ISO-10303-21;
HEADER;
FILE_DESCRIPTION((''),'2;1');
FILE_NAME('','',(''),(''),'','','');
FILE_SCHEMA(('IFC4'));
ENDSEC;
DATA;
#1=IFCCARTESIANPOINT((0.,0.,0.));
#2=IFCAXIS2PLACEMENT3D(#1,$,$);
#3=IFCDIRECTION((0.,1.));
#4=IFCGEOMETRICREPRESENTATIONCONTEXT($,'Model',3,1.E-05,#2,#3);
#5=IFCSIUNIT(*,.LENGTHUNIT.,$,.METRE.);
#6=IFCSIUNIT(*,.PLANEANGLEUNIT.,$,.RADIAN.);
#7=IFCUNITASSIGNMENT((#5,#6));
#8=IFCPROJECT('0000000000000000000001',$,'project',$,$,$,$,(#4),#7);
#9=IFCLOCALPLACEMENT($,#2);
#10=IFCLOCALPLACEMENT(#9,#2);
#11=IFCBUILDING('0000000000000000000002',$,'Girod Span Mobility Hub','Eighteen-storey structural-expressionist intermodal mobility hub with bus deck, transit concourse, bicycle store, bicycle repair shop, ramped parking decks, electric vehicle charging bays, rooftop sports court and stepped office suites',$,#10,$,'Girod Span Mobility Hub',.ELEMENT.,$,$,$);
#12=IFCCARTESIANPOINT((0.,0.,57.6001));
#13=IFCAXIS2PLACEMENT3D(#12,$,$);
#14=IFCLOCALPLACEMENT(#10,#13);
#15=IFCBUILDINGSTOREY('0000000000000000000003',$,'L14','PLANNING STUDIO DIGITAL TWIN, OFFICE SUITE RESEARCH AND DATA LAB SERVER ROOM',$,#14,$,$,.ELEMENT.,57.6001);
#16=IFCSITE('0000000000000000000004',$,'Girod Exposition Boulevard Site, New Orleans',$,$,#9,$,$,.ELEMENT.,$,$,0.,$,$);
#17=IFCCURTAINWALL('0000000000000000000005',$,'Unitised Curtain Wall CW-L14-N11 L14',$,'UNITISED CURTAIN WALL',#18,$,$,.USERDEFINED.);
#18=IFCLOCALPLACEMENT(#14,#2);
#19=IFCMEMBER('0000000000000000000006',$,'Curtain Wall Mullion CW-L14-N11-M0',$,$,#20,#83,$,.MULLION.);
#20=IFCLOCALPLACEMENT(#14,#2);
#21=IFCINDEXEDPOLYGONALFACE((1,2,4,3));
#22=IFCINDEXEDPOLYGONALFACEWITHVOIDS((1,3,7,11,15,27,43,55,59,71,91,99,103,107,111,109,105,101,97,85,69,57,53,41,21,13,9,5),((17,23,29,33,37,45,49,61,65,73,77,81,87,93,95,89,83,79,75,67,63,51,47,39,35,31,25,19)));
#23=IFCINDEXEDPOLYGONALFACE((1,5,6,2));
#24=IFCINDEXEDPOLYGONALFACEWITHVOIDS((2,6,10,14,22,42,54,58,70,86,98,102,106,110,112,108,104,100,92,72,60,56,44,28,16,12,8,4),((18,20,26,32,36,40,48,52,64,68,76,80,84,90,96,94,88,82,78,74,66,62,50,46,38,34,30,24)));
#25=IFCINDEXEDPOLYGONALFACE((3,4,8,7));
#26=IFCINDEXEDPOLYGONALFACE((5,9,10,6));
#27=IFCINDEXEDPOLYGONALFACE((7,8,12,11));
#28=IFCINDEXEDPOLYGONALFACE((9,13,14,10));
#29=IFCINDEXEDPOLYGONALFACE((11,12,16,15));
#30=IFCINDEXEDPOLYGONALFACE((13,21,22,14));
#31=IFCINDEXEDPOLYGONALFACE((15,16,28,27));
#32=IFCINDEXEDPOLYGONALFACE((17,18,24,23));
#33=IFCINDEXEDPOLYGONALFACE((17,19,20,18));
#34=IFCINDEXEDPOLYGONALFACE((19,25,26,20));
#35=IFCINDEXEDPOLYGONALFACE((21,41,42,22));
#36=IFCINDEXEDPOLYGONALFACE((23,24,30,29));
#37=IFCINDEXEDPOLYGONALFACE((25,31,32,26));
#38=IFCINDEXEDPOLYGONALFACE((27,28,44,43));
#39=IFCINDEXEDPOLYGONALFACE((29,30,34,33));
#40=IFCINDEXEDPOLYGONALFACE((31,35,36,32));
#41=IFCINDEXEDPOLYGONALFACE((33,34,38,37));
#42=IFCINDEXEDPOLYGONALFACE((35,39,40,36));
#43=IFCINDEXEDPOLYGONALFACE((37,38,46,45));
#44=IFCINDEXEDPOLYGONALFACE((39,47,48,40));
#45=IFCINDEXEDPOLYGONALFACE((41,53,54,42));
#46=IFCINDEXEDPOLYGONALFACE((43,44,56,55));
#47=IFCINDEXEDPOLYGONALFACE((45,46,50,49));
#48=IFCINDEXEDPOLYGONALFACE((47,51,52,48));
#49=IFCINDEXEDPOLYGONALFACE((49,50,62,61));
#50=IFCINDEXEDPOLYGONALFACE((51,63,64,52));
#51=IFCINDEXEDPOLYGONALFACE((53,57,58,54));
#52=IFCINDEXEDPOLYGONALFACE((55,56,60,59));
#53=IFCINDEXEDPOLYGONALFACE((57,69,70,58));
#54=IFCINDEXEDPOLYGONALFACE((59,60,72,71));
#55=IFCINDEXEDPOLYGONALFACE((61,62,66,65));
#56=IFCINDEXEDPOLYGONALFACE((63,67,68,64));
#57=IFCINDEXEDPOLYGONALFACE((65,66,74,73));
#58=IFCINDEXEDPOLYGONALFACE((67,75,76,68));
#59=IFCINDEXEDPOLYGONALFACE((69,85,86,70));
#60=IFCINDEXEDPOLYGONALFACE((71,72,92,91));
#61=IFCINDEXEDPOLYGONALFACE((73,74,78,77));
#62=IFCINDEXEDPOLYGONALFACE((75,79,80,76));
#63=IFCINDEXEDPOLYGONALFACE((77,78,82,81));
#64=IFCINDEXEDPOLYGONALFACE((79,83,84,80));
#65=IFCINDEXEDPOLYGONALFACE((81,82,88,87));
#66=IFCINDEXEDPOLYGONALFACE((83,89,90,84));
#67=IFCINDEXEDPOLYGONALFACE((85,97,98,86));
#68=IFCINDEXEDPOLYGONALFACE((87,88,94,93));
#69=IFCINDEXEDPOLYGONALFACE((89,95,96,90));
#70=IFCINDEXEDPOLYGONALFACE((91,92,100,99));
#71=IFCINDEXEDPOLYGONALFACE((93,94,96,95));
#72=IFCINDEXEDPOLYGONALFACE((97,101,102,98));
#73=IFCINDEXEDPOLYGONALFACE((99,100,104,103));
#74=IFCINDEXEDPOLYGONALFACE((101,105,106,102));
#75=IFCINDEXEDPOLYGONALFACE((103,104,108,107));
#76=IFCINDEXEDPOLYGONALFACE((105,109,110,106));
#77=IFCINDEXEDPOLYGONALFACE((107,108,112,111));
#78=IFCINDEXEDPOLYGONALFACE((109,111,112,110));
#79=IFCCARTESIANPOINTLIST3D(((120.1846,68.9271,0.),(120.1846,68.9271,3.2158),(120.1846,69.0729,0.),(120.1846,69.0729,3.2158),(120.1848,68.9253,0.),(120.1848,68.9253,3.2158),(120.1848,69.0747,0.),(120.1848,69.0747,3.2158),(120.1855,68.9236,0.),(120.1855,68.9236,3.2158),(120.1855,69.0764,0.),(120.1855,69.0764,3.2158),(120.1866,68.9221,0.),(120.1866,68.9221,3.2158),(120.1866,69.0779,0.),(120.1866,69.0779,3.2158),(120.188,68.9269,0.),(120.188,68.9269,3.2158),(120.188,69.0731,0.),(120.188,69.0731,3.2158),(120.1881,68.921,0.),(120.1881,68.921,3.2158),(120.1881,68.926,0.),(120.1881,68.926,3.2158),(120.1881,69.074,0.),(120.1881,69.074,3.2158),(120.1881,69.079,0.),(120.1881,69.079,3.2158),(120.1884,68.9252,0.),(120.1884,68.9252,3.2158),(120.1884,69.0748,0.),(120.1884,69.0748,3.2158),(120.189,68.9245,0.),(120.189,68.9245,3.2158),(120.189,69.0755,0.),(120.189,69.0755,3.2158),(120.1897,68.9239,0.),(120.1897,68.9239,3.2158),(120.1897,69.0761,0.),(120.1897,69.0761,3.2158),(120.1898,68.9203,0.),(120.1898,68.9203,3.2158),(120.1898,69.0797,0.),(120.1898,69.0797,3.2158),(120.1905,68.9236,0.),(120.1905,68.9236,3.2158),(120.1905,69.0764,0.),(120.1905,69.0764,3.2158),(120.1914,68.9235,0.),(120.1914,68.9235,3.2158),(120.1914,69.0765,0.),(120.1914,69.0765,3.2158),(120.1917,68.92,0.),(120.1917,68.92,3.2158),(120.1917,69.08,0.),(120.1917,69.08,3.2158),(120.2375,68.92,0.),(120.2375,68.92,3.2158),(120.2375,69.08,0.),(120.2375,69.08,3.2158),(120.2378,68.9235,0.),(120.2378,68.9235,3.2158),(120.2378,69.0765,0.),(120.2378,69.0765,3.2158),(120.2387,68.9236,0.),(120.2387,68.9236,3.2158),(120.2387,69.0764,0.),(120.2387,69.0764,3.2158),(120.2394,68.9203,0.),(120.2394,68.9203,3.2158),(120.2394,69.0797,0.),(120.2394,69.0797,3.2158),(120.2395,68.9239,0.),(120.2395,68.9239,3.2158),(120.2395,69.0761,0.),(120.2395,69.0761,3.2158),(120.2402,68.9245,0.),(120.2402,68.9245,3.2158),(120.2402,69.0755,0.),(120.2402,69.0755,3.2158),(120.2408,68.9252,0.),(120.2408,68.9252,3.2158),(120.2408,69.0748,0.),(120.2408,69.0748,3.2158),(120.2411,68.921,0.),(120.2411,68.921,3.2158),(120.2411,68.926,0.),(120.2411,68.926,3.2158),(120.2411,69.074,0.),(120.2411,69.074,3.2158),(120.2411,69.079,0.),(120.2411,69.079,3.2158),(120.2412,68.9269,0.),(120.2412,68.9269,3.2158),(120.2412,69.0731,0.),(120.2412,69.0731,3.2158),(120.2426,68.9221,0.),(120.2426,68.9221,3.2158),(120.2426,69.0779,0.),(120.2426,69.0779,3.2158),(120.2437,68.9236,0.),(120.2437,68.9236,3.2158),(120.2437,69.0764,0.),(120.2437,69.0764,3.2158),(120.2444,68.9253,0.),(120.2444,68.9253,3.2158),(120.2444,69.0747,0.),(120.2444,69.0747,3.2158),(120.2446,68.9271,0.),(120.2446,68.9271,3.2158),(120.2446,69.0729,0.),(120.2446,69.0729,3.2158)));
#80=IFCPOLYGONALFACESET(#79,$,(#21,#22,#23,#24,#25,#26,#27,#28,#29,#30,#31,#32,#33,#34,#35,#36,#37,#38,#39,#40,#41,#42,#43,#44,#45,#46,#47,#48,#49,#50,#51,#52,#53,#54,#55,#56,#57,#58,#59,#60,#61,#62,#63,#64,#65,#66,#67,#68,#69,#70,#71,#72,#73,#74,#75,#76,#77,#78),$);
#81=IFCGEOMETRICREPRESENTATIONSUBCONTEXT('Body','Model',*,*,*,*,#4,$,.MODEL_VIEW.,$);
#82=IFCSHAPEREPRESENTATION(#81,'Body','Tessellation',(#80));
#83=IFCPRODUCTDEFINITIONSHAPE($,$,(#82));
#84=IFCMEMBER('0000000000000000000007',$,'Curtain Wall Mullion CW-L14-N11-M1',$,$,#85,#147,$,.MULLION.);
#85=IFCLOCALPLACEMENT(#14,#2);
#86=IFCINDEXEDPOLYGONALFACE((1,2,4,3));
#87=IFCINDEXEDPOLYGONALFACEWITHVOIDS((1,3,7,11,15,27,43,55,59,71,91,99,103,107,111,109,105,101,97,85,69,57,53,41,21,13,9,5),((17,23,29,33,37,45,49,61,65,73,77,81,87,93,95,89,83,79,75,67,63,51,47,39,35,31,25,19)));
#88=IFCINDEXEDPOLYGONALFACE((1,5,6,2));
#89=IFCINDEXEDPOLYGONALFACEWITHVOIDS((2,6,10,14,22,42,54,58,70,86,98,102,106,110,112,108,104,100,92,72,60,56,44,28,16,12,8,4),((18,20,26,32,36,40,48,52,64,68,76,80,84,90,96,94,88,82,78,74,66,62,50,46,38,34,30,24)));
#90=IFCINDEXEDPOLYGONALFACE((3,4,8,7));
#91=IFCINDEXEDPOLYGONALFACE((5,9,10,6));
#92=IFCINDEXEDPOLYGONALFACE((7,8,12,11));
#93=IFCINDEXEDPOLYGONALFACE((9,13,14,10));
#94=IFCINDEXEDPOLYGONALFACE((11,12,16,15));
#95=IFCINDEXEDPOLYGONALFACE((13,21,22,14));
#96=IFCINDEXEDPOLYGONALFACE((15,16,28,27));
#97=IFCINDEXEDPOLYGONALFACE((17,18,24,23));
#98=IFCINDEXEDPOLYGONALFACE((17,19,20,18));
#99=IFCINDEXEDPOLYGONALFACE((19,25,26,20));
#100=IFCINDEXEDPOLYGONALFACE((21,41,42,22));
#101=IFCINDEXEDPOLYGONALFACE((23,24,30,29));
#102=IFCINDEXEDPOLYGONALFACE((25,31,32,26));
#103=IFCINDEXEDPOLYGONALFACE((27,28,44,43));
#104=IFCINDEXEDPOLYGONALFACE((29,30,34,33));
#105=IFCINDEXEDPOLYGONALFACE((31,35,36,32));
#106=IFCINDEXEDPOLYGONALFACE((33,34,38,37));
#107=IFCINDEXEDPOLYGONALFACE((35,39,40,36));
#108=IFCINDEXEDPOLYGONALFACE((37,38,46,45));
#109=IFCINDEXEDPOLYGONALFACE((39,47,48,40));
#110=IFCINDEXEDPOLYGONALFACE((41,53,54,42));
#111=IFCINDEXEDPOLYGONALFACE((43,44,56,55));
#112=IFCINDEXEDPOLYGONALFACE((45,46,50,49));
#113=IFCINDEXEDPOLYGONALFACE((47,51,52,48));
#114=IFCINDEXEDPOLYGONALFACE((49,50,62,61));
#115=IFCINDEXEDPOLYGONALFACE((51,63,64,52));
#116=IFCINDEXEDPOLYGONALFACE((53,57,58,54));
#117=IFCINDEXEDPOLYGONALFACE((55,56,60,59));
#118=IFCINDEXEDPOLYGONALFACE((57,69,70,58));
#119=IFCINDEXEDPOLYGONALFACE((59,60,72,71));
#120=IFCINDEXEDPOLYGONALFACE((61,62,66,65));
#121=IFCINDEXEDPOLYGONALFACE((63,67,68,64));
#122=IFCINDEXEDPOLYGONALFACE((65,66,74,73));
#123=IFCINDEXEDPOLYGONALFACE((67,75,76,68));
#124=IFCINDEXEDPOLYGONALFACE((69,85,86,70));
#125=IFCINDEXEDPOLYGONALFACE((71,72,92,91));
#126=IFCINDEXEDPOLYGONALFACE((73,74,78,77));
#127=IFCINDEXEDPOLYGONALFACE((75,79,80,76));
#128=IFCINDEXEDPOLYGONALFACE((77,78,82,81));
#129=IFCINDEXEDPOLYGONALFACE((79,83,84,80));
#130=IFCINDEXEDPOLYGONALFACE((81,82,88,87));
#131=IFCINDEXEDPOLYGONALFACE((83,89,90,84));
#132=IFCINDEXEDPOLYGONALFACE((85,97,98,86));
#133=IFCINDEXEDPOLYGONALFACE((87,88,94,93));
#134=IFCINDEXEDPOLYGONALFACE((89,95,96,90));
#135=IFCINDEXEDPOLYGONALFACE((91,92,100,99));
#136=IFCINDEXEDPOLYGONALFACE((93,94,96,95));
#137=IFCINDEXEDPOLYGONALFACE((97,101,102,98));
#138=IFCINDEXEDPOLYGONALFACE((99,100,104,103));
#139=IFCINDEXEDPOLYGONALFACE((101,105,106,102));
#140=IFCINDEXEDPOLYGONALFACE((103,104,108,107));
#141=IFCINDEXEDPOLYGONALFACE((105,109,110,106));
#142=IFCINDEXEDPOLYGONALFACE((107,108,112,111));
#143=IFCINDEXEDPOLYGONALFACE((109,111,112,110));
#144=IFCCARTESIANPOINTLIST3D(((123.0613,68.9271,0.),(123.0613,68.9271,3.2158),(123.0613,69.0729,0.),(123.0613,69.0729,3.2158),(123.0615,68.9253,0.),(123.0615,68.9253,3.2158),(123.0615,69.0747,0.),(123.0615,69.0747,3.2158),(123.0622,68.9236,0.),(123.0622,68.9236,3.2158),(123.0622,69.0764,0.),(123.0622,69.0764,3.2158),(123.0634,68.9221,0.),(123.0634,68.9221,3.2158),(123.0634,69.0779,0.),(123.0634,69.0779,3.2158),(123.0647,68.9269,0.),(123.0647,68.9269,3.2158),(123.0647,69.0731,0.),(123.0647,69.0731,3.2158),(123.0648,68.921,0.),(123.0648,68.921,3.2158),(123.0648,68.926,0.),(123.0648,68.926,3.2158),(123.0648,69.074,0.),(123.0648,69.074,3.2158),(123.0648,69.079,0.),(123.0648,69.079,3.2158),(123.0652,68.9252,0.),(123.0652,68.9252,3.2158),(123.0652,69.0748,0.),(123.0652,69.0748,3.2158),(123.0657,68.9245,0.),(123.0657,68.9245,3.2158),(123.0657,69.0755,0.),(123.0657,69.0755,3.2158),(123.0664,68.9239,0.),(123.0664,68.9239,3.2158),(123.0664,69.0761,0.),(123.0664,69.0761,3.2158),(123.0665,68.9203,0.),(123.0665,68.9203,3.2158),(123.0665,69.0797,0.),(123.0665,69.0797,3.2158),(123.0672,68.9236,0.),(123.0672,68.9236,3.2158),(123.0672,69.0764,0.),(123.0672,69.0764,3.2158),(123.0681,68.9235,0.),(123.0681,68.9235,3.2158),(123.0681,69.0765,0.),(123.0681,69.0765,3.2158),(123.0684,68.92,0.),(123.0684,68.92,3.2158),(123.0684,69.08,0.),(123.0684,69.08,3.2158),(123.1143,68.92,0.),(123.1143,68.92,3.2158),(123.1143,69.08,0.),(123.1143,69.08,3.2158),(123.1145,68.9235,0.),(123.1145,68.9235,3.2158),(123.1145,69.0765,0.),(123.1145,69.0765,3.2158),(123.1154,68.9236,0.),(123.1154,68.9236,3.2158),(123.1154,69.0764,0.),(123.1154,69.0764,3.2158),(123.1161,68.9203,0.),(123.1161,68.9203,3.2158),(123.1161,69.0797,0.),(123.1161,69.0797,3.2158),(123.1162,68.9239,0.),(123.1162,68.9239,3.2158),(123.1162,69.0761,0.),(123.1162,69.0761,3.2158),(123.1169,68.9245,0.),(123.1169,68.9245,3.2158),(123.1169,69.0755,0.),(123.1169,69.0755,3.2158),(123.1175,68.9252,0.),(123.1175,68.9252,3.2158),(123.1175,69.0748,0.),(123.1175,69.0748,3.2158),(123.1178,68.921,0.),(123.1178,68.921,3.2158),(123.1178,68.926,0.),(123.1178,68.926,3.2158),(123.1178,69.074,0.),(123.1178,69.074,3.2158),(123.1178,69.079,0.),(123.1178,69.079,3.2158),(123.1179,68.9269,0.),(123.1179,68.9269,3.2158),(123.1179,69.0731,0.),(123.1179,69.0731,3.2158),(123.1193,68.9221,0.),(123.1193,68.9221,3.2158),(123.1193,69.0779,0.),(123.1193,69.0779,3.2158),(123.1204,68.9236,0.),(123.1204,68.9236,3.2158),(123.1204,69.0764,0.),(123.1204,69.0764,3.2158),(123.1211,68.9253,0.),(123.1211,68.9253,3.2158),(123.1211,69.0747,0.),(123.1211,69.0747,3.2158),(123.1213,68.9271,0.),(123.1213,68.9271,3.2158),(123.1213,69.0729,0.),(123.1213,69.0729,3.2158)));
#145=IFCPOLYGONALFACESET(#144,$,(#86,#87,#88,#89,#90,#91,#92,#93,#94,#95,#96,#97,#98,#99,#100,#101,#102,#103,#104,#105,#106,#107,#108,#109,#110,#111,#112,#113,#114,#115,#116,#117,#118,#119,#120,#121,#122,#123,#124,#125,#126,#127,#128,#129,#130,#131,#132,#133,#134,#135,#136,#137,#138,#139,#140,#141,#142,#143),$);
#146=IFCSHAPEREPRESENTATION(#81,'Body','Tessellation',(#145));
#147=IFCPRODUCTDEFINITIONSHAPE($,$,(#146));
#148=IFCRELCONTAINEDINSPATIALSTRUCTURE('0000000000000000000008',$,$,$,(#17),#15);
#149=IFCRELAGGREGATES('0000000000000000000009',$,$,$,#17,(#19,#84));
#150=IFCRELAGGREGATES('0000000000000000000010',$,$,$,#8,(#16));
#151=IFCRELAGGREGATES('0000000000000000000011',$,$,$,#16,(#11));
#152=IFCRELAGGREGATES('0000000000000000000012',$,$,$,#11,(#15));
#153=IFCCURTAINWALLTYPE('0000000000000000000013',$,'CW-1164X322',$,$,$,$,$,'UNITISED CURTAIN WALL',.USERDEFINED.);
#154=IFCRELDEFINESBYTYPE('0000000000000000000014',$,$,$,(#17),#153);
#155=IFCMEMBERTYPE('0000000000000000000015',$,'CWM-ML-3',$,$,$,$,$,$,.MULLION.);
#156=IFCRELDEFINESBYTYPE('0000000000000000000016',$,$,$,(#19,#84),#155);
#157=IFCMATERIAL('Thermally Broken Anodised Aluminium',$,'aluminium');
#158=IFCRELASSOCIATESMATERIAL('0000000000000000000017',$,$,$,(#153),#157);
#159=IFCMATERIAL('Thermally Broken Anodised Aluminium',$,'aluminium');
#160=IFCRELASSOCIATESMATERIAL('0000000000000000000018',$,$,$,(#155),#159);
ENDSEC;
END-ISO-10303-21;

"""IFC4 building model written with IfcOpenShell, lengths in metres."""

from ifc_helpers import new_model, si_unit, direction, frame, origin, origin_2d, place, context, subcontext, project, spatial, hollow_rectangle, extrude, material, material_profile, profile_set, type_object, element, aggregate, save


model = new_model("IFC4")

# Units and contexts
model_context = context("Model", 3, precision=1e-05, world=origin(), true_north=direction((0.0, 1.0)))
body_context = subcontext(model_context, "Body", "Model", "MODEL_VIEW")
ifc_project = project(units=[si_unit("LENGTHUNIT", "METRE"), si_unit("PLANEANGLEUNIT", "RADIAN")], contexts=[model_context])

# Site, building, storey
site_placement = place(None, origin())
site = spatial("IfcSite", under=ifc_project, at=site_placement, Name="Girod Exposition Boulevard Site, New Orleans", CompositionType="ELEMENT", RefElevation=0.0)
building_placement = place(site_placement, origin())
building = spatial("IfcBuilding", under=site, at=building_placement, Name="Girod Span Mobility Hub", Description="Eighteen-storey structural-expressionist intermodal mobility hub with bus deck, transit concourse, bicycle store, bicycle repair shop, ramped parking decks, electric vehicle charging bays, rooftop sports court and stepped office suites", LongName="Girod Span Mobility Hub", CompositionType="ELEMENT")
storey_placement = place(building_placement, frame((0.0, 0.0, 57.6001)))
storey = spatial("IfcBuildingStorey", under=building, at=storey_placement, Name="L14", Description="PLANNING STUDIO DIGITAL TWIN, OFFICE SUITE RESEARCH AND DATA LAB SERVER ROOM", CompositionType="ELEMENT", Elevation=57.6001)

# Curtain wall, members
ifc_material_1 = material(Name="Thermally Broken Anodised Aluminium", Category="aluminium")
curtain_wall_type = type_object("IfcCurtainWallType", Name="CW-1164X322", ElementType="UNITISED CURTAIN WALL", PredefinedType="USERDEFINED", material=ifc_material_1)
curtain_wall_placement = place(storey_placement, origin())
curtain_wall = element("IfcCurtainWall", 1, at=curtain_wall_placement, inside=storey, type_object=curtain_wall_type, Name="Unitised Curtain Wall CW-L14-N11 L14", ObjectType="UNITISED CURTAIN WALL", PredefinedType="USERDEFINED")
ifc_material_2 = material(Name="Thermally Broken Anodised Aluminium", Category="aluminium")
ifc_material_profile_1 = material_profile(ifc_material_2, hollow_rectangle(XDim=0.1599, YDim=0.0601, WallThickness=0.0034, InnerFilletRadius=0.0034, OuterFilletRadius=0.0071, at=origin_2d()), Name="CW-ML-60X160")
ifc_profile_set_1 = profile_set([ifc_material_profile_1], Name="Thermally Broken Anodised Aluminium")
member_type_1 = type_object("IfcMemberType", Name="CWM-ML-3", PredefinedType="MULLION", material=ifc_profile_set_1)
member_1_placement = place(storey_placement, frame((120.2146, 69.0, 0.0), z_axis=(0.0, 0.0, 1.0), x_axis=(0.0, 1.0, 0.0)))
member_1 = element("IfcMember", 2, at=member_1_placement, type_object=member_type_1, Name="Curtain Wall Mullion CW-L14-N11-M0", PredefinedType="MULLION", context=body_context, shape_type="SweptSolid", body=[
    extrude(hollow_rectangle(XDim=0.1599, YDim=0.0601, WallThickness=0.0034, InnerFilletRadius=0.0034, OuterFilletRadius=0.0071, at=origin_2d()), origin(), (0.0, 0.0, 1.0), 3.2158),
])
member_2_placement = place(storey_placement, frame((123.0913, 69.0, 0.0), z_axis=(0.0, 0.0, 1.0), x_axis=(0.0, 1.0, 0.0)))
member_2 = element("IfcMember", 3, at=member_2_placement, type_object=member_type_1, Name="Curtain Wall Mullion CW-L14-N11-M1", PredefinedType="MULLION", context=body_context, shape_type="SweptSolid", body=[
    extrude(hollow_rectangle(XDim=0.1599, YDim=0.0601, WallThickness=0.0034, InnerFilletRadius=0.0034, OuterFilletRadius=0.0071, at=origin_2d()), origin(), (0.0, 0.0, 1.0), 3.2158),
])
aggregate(curtain_wall, [member_1, member_2])

save(model, "model.ifc")
